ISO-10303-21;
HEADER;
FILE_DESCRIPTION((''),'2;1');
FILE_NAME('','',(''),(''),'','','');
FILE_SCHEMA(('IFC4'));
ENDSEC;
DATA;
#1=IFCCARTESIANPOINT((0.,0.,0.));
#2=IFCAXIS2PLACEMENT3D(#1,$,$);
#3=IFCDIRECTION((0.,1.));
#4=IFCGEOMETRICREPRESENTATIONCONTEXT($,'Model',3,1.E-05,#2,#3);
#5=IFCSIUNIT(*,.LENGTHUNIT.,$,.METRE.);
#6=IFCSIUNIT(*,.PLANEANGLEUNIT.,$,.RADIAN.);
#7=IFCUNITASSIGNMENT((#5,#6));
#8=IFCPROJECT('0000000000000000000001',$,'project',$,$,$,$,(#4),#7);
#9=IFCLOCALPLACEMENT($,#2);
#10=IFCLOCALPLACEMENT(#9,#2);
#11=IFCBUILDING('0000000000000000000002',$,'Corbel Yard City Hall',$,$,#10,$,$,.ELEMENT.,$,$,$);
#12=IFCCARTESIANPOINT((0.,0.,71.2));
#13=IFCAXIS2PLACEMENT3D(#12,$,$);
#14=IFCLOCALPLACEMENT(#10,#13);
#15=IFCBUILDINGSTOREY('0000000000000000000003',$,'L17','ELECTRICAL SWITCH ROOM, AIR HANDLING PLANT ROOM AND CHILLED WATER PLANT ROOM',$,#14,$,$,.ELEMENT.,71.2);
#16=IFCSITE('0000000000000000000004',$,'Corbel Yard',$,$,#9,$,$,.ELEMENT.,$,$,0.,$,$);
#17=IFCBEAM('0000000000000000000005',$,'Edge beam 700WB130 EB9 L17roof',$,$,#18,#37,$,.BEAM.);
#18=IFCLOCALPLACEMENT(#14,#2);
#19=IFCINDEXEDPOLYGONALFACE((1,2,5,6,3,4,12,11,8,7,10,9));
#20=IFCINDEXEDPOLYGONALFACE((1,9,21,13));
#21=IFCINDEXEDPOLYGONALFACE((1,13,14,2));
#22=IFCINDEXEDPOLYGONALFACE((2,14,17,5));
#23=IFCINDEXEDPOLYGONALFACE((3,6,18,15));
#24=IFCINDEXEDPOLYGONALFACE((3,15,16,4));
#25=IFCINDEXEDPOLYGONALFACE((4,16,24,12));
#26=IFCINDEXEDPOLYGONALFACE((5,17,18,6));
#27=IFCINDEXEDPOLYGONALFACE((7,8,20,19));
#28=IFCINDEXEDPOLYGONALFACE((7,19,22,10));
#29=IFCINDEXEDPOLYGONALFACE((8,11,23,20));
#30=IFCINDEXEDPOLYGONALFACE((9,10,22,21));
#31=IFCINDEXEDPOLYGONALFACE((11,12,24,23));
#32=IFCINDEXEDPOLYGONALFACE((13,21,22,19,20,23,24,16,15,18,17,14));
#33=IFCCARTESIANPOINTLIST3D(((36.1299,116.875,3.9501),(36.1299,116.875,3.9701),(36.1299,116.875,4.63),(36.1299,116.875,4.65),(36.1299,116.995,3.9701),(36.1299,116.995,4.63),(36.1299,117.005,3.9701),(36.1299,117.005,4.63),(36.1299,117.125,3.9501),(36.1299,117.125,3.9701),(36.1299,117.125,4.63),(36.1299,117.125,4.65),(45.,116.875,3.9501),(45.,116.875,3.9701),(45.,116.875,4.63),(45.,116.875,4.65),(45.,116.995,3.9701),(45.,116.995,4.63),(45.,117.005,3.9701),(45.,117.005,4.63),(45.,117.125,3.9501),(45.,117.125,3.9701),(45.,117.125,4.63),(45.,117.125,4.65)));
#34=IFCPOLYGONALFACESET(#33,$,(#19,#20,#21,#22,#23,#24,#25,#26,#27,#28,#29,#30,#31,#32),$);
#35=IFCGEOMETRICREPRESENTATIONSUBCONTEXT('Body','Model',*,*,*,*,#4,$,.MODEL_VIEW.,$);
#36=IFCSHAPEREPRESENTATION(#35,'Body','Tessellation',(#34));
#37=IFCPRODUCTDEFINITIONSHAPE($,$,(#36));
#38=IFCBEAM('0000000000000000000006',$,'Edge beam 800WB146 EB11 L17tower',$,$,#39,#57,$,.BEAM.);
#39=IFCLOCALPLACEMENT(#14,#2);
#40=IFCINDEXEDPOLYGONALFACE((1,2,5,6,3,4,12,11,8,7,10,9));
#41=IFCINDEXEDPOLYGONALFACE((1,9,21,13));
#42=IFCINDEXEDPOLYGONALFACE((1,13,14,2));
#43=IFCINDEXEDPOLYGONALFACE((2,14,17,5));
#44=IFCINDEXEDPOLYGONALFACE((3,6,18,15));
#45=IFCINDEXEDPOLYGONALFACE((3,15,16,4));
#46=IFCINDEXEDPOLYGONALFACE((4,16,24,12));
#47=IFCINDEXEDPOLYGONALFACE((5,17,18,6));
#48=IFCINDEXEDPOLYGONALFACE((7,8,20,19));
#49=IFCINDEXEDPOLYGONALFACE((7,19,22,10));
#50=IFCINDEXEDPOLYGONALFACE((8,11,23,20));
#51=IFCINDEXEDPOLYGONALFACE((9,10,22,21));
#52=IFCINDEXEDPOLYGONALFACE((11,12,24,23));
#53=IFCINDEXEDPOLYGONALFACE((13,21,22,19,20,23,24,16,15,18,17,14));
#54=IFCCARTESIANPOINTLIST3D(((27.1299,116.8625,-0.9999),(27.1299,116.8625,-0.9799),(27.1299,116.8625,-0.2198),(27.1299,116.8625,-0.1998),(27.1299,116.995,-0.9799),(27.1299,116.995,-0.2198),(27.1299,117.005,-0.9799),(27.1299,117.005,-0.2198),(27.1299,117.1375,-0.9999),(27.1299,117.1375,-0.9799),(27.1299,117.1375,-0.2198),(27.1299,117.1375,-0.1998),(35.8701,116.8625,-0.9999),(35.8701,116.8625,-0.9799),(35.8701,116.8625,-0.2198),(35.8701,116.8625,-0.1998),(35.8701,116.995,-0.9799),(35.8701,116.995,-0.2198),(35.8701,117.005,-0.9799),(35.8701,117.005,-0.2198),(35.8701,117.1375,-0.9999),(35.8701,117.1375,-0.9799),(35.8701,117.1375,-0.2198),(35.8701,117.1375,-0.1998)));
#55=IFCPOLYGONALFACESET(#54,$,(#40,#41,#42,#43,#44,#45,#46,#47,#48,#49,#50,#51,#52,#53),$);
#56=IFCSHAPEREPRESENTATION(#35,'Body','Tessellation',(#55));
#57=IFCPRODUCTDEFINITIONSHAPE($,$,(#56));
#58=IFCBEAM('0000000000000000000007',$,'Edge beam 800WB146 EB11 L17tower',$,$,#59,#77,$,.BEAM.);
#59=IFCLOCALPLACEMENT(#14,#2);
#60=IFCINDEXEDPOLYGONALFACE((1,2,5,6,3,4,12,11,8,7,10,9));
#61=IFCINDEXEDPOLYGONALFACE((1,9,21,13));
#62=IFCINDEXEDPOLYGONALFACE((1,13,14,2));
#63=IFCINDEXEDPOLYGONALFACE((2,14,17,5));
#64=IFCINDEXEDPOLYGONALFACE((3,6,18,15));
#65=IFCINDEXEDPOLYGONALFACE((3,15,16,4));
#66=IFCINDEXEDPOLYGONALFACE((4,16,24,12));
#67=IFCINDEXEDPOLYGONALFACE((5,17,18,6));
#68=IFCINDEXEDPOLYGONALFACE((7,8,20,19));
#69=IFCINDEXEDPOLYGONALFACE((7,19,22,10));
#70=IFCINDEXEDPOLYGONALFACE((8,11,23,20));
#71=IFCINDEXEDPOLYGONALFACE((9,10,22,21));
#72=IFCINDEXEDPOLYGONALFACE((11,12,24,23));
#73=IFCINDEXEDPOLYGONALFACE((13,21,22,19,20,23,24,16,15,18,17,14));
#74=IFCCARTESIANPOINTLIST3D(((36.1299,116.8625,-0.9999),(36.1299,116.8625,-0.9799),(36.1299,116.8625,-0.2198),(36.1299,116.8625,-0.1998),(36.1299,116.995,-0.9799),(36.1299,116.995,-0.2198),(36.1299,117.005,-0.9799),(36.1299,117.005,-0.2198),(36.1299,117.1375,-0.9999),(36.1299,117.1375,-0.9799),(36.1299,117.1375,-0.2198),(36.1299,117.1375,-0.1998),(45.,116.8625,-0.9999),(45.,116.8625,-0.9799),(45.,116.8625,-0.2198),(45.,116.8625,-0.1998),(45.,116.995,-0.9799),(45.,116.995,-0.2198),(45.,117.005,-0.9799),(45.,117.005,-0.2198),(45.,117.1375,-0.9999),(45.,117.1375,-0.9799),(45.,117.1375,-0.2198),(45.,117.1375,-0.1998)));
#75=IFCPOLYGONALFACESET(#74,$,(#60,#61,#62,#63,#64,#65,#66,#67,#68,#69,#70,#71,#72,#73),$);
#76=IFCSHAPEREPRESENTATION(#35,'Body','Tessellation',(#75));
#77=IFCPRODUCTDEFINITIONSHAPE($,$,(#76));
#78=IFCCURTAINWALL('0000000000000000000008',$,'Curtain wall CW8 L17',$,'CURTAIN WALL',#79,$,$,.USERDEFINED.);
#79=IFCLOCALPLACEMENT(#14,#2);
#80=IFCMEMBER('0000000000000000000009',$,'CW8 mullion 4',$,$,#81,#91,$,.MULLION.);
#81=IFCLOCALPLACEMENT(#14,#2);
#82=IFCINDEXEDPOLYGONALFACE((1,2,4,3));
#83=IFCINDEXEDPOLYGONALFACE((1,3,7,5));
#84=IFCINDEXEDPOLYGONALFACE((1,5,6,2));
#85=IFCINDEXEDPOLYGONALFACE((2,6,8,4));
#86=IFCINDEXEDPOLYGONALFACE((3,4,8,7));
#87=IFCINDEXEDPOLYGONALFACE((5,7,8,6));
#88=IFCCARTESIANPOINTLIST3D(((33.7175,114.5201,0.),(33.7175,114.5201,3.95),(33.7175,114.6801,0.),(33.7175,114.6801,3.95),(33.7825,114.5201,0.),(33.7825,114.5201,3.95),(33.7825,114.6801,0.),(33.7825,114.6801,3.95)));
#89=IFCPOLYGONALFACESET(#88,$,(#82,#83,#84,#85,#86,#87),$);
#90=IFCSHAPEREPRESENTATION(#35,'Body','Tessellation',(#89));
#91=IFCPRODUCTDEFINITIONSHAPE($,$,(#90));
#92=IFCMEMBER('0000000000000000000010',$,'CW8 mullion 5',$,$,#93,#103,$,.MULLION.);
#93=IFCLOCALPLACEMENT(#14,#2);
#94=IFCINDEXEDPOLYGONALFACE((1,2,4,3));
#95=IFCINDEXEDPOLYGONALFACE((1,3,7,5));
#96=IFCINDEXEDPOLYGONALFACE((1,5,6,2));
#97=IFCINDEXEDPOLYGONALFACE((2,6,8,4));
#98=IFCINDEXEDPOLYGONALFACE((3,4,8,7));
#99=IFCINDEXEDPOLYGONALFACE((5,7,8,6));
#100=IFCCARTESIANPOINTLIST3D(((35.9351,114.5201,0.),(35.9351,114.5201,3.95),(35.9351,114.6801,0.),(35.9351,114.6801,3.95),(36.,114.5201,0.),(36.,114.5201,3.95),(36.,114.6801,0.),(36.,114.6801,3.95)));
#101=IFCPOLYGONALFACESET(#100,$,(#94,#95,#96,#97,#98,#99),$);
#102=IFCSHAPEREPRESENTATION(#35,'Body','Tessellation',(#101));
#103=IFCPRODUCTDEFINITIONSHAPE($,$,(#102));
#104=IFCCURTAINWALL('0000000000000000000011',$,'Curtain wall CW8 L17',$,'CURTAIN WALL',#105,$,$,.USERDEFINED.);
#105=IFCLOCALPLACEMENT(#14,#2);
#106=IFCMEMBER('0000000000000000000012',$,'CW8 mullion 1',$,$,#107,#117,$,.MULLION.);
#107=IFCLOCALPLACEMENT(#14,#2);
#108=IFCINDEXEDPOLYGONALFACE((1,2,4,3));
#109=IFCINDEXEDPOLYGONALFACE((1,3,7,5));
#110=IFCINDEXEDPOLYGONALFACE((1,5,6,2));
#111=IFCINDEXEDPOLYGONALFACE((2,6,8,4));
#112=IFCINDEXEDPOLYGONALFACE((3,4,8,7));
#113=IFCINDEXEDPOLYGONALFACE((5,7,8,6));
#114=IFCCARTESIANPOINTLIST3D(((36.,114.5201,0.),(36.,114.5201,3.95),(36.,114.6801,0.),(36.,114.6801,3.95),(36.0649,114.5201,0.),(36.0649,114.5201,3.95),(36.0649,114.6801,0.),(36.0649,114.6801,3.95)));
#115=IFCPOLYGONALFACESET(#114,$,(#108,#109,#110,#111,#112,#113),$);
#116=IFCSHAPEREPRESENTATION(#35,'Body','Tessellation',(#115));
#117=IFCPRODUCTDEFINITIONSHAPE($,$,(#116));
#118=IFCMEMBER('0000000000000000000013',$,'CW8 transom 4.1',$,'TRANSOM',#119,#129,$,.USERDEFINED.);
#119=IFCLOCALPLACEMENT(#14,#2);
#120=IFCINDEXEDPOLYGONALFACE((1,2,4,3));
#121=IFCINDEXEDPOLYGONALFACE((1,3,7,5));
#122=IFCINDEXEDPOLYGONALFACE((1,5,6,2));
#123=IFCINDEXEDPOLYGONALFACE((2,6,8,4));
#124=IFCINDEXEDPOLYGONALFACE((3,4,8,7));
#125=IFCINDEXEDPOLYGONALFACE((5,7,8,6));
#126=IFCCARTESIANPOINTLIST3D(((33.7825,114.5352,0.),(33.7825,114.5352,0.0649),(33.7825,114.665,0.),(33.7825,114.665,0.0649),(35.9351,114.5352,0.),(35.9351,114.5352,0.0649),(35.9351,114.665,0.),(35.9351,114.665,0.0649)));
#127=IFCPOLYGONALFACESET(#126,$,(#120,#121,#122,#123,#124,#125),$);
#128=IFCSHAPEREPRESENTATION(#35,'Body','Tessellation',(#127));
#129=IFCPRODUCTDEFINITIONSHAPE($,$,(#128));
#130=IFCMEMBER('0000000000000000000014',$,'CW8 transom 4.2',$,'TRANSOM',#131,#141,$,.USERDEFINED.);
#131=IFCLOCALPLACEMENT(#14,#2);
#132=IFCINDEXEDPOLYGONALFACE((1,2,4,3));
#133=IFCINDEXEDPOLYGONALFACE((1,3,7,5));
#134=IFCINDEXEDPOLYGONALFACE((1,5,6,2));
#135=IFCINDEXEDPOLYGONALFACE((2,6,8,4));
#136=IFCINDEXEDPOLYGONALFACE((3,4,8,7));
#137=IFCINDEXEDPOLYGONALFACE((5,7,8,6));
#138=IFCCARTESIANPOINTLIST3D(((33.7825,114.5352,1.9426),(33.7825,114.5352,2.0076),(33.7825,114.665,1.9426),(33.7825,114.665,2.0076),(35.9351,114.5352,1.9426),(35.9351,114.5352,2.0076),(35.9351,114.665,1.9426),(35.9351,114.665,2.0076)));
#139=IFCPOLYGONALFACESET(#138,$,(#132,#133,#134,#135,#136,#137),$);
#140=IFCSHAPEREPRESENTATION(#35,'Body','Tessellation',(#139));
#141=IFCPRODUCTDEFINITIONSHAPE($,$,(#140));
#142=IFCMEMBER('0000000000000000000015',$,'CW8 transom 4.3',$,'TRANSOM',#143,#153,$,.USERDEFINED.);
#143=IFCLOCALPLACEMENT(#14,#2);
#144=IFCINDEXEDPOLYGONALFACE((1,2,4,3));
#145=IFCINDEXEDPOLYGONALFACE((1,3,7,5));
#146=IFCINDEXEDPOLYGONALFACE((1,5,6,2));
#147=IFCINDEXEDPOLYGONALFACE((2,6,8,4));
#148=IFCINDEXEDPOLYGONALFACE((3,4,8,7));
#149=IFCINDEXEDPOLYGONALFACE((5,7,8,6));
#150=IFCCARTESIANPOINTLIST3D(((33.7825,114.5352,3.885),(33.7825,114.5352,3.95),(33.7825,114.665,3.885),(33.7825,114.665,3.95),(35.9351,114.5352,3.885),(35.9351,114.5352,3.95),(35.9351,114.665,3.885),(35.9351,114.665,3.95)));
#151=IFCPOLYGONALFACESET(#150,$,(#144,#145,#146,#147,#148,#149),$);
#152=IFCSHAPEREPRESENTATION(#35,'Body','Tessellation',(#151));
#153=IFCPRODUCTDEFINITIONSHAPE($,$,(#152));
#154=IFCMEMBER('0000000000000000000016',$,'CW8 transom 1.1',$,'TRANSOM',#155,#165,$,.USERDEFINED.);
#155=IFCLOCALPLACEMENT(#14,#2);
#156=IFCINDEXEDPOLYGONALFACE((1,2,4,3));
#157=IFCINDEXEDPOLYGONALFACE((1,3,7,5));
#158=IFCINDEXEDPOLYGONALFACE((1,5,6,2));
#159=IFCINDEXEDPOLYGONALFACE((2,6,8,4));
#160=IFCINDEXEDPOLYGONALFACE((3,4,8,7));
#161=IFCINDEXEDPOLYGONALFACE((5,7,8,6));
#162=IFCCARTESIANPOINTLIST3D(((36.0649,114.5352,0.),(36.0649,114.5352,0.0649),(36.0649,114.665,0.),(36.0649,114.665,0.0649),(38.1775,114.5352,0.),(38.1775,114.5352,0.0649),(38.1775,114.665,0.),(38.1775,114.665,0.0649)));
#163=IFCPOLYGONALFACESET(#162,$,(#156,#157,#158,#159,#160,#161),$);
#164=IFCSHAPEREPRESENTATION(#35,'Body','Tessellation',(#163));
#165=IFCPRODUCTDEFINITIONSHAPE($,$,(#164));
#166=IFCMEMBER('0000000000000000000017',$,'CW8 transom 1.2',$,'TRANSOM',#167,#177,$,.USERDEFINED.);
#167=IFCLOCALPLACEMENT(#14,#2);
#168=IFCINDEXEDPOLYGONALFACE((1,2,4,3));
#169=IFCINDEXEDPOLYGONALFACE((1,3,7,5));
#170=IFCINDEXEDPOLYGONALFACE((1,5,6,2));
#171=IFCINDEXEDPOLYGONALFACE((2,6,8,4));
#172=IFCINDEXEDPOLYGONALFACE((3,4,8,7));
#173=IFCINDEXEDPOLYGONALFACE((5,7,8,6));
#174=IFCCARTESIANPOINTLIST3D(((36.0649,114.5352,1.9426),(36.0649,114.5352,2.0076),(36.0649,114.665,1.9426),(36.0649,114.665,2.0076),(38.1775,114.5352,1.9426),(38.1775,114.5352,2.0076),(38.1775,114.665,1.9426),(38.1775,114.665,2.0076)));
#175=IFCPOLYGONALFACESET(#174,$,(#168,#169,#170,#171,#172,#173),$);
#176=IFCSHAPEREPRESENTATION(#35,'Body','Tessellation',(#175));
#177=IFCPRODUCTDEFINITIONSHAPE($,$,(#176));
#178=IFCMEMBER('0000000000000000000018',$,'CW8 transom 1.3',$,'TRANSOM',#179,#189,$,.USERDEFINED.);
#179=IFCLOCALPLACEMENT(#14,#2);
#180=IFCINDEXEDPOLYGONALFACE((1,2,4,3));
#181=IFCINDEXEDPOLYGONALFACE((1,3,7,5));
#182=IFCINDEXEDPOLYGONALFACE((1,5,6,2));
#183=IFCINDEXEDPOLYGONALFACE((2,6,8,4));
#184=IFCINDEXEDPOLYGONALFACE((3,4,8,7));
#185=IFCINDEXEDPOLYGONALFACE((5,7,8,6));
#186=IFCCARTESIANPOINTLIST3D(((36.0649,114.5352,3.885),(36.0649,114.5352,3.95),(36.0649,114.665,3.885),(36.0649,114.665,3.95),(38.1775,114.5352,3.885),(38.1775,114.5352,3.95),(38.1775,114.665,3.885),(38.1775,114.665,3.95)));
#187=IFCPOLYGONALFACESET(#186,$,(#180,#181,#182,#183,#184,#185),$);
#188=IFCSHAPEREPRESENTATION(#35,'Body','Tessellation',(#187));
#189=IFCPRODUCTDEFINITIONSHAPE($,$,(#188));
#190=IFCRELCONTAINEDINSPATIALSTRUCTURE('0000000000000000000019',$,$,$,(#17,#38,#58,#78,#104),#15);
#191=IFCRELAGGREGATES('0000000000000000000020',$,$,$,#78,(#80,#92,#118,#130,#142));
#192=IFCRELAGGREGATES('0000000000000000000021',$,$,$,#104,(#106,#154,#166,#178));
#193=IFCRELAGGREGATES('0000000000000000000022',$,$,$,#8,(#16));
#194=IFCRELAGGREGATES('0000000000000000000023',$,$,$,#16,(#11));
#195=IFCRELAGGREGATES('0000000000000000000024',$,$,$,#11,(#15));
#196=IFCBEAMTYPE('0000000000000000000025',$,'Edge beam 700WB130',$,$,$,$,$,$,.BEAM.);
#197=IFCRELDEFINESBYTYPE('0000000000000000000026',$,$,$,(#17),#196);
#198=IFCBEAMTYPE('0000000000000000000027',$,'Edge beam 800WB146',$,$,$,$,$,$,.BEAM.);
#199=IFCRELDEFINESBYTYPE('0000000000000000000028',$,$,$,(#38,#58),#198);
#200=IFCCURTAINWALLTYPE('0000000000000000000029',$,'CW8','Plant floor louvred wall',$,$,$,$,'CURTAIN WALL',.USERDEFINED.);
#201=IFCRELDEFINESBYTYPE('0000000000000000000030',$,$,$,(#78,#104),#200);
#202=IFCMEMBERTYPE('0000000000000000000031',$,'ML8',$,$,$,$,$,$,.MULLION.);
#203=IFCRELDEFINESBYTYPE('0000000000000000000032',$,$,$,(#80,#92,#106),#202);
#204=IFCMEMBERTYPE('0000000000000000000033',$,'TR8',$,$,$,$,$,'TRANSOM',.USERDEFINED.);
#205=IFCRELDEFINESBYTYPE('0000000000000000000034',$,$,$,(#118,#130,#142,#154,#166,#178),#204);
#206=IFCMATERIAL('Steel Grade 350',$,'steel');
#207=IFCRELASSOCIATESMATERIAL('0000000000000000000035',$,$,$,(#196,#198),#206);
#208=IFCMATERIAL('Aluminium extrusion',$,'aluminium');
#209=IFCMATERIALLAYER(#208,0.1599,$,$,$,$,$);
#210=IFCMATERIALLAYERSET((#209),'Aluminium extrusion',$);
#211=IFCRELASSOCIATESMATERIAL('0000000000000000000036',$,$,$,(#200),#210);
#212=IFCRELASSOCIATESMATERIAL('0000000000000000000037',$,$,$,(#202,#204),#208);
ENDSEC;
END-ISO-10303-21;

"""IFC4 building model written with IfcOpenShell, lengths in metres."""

from ifc_helpers import new_model, si_unit, direction, frame, origin, origin_2d, place, context, subcontext, project, spatial, rectangle, i_section, extrude, material, layer, layer_set, material_profile, profile_set, type_object, element, aggregate, save


model = new_model("IFC4")

# Units and contexts
model_context = context("Model", 3, precision=1e-05, world=origin(), true_north=direction((0.0, 1.0)))
body_context = subcontext(model_context, "Body", "Model", "MODEL_VIEW")
ifc_project = project(units=[si_unit("LENGTHUNIT", "METRE"), si_unit("PLANEANGLEUNIT", "RADIAN")], contexts=[model_context])

# Site, building, storey
site_placement = place(None, origin())
site = spatial("IfcSite", under=ifc_project, at=site_placement, Name="Corbel Yard", CompositionType="ELEMENT", RefElevation=0.0)
building_placement = place(site_placement, origin())
building = spatial("IfcBuilding", under=site, at=building_placement, Name="Corbel Yard City Hall", CompositionType="ELEMENT")
storey_placement = place(building_placement, frame((0.0, 0.0, 71.2)))
storey = spatial("IfcBuildingStorey", under=building, at=storey_placement, Name="L17", Description="ELECTRICAL SWITCH ROOM, AIR HANDLING PLANT ROOM AND CHILLED WATER PLANT ROOM", CompositionType="ELEMENT", Elevation=71.2)

# Beams
ifc_material_1 = material(Name="Steel Grade 350", Category="steel")
ifc_material_profile_1 = material_profile(ifc_material_1, i_section(OverallWidth=0.25, OverallDepth=0.7, WebThickness=0.01, FlangeThickness=0.02, at=origin_2d()), Name="700WB130")
ifc_profile_set_1 = profile_set([ifc_material_profile_1], Name="Steel Grade 350")
beam_type_1 = type_object("IfcBeamType", Name="Edge beam 700WB130", PredefinedType="BEAM", material=ifc_profile_set_1)
beam_1_placement = place(storey_placement, frame((36.1299, 117.0, 4.3), z_axis=(1.0, 0.0, 0.0), x_axis=(0.0, 1.0, 0.0)))
element("IfcBeam", 1, at=beam_1_placement, inside=storey, type_object=beam_type_1, Name="Edge beam 700WB130 EB9 L17roof", PredefinedType="BEAM", context=body_context, shape_type="SweptSolid", body=[
    extrude(i_section(OverallWidth=0.25, OverallDepth=0.7, WebThickness=0.01, FlangeThickness=0.02, at=origin_2d()), origin(), (0.0, 0.0, 1.0), 8.8701),
])
ifc_material_profile_2 = material_profile(ifc_material_1, i_section(OverallWidth=0.2749, OverallDepth=0.8, WebThickness=0.01, FlangeThickness=0.02, at=origin_2d()), Name="800WB146")
ifc_profile_set_2 = profile_set([ifc_material_profile_2], Name="Steel Grade 350")
beam_type_2 = type_object("IfcBeamType", Name="Edge beam 800WB146", PredefinedType="BEAM", material=ifc_profile_set_2)
beam_2_placement = place(storey_placement, frame((27.1299, 117.0, -0.5999), z_axis=(1.0, 0.0, 0.0), x_axis=(0.0, 1.0, 0.0)))
element("IfcBeam", 2, at=beam_2_placement, inside=storey, type_object=beam_type_2, Name="Edge beam 800WB146 EB11 L17tower", PredefinedType="BEAM", context=body_context, shape_type="SweptSolid", body=[
    extrude(i_section(OverallWidth=0.2749, OverallDepth=0.8, WebThickness=0.01, FlangeThickness=0.02, at=origin_2d()), origin(), (0.0, 0.0, 1.0), 8.7402),
])
beam_3_placement = place(storey_placement, frame((36.1299, 117.0, -0.5999), z_axis=(1.0, 0.0, 0.0), x_axis=(0.0, 1.0, 0.0)))
element("IfcBeam", 3, at=beam_3_placement, inside=storey, type_object=beam_type_2, Name="Edge beam 800WB146 EB11 L17tower", PredefinedType="BEAM", context=body_context, shape_type="SweptSolid", body=[
    extrude(i_section(OverallWidth=0.2749, OverallDepth=0.8, WebThickness=0.01, FlangeThickness=0.02, at=origin_2d()), origin(), (0.0, 0.0, 1.0), 8.8701),
])

# Curtain wall, members
ifc_material_2 = material(Name="Aluminium extrusion", Category="aluminium")
ifc_layer_1 = layer(ifc_material_2, 0.1599)
ifc_layer_set_1 = layer_set([ifc_layer_1], Name="Aluminium extrusion")
curtain_wall_type = type_object("IfcCurtainWallType", Name="CW8", Description="Plant floor louvred wall", ElementType="CURTAIN WALL", PredefinedType="USERDEFINED", material=ifc_layer_set_1)
curtain_wall_1_placement = place(storey_placement, origin())
curtain_wall_1 = element("IfcCurtainWall", 4, at=curtain_wall_1_placement, inside=storey, type_object=curtain_wall_type, Name="Curtain wall CW8 L17", ObjectType="CURTAIN WALL", PredefinedType="USERDEFINED")
ifc_material_profile_3 = material_profile(ifc_material_2, rectangle(XDim=0.1599, YDim=0.0649, at=origin_2d()), Name="160x65")
ifc_profile_set_3 = profile_set([ifc_material_profile_3], Name="Aluminium extrusion")
member_type_1 = type_object("IfcMemberType", Name="ML8", PredefinedType="MULLION", material=ifc_profile_set_3)
member_1_placement = place(storey_placement, frame((33.75, 114.6001, 0.0), z_axis=(0.0, 0.0, 1.0), x_axis=(0.0, 1.0, 0.0)))
member_1 = element("IfcMember", 5, at=member_1_placement, type_object=member_type_1, Name="CW8 mullion 4", PredefinedType="MULLION", context=body_context, shape_type="SweptSolid", body=[
    extrude(rectangle(XDim=0.1599, YDim=0.0649, at=origin_2d()), origin(), (0.0, 0.0, 1.0), 3.95),
])
member_2_placement = place(storey_placement, frame((35.9675, 114.6001, 0.0), z_axis=(0.0, 0.0, 1.0), x_axis=(0.0, 1.0, 0.0)))
member_2 = element("IfcMember", 6, at=member_2_placement, type_object=member_type_1, Name="CW8 mullion 5", PredefinedType="MULLION", context=body_context, shape_type="SweptSolid", body=[
    extrude(rectangle(XDim=0.1599, YDim=0.0649, at=origin_2d()), origin(), (0.0, 0.0, 1.0), 3.95),
])

# Curtain wall, member
curtain_wall_2_placement = place(storey_placement, origin())
curtain_wall_2 = element("IfcCurtainWall", 7, at=curtain_wall_2_placement, inside=storey, type_object=curtain_wall_type, Name="Curtain wall CW8 L17", ObjectType="CURTAIN WALL", PredefinedType="USERDEFINED")
member_3_placement = place(storey_placement, frame((36.0325, 114.6001, 0.0), z_axis=(0.0, 0.0, 1.0), x_axis=(0.0, 1.0, 0.0)))
member_3 = element("IfcMember", 8, at=member_3_placement, type_object=member_type_1, Name="CW8 mullion 1", PredefinedType="MULLION", context=body_context, shape_type="SweptSolid", body=[
    extrude(rectangle(XDim=0.1599, YDim=0.0649, at=origin_2d()), origin(), (0.0, 0.0, 1.0), 3.95),
])

# Members
ifc_material_profile_4 = material_profile(ifc_material_2, rectangle(XDim=0.1299, YDim=0.0649, at=origin_2d()), Name="130x65")
ifc_profile_set_4 = profile_set([ifc_material_profile_4], Name="Aluminium extrusion")
member_type_2 = type_object("IfcMemberType", Name="TR8", ElementType="TRANSOM", PredefinedType="USERDEFINED", material=ifc_profile_set_4)
member_4_placement = place(storey_placement, frame((33.7825, 114.6001, 0.0325), z_axis=(1.0, 0.0, 0.0), x_axis=(0.0, 1.0, 0.0)))
member_4 = element("IfcMember", 9, at=member_4_placement, type_object=member_type_2, Name="CW8 transom 4.1", ObjectType="TRANSOM", PredefinedType="USERDEFINED", context=body_context, shape_type="SweptSolid", body=[
    extrude(rectangle(XDim=0.1299, YDim=0.0649, at=origin_2d()), origin(), (0.0, 0.0, 1.0), 2.1526),
])
member_5_placement = place(storey_placement, frame((33.7825, 114.6001, 1.9751), z_axis=(1.0, 0.0, 0.0), x_axis=(0.0, 1.0, 0.0)))
member_5 = element("IfcMember", 10, at=member_5_placement, type_object=member_type_2, Name="CW8 transom 4.2", ObjectType="TRANSOM", PredefinedType="USERDEFINED", context=body_context, shape_type="SweptSolid", body=[
    extrude(rectangle(XDim=0.1299, YDim=0.0649, at=origin_2d()), origin(), (0.0, 0.0, 1.0), 2.1526),
])
member_6_placement = place(storey_placement, frame((33.7825, 114.6001, 3.9175), z_axis=(1.0, 0.0, 0.0), x_axis=(0.0, 1.0, 0.0)))
member_6 = element("IfcMember", 11, at=member_6_placement, type_object=member_type_2, Name="CW8 transom 4.3", ObjectType="TRANSOM", PredefinedType="USERDEFINED", context=body_context, shape_type="SweptSolid", body=[
    extrude(rectangle(XDim=0.1299, YDim=0.0649, at=origin_2d()), origin(), (0.0, 0.0, 1.0), 2.1526),
])
member_7_placement = place(storey_placement, frame((36.0649, 114.6001, 0.0325), z_axis=(1.0, 0.0, 0.0), x_axis=(0.0, 1.0, 0.0)))
member_7 = element("IfcMember", 12, at=member_7_placement, type_object=member_type_2, Name="CW8 transom 1.1", ObjectType="TRANSOM", PredefinedType="USERDEFINED", context=body_context, shape_type="SweptSolid", body=[
    extrude(rectangle(XDim=0.1299, YDim=0.0649, at=origin_2d()), origin(), (0.0, 0.0, 1.0), 2.1125),
])
member_8_placement = place(storey_placement, frame((36.0649, 114.6001, 1.9751), z_axis=(1.0, 0.0, 0.0), x_axis=(0.0, 1.0, 0.0)))
member_8 = element("IfcMember", 13, at=member_8_placement, type_object=member_type_2, Name="CW8 transom 1.2", ObjectType="TRANSOM", PredefinedType="USERDEFINED", context=body_context, shape_type="SweptSolid", body=[
    extrude(rectangle(XDim=0.1299, YDim=0.0649, at=origin_2d()), origin(), (0.0, 0.0, 1.0), 2.1125),
])
member_9_placement = place(storey_placement, frame((36.0649, 114.6001, 3.9175), z_axis=(1.0, 0.0, 0.0), x_axis=(0.0, 1.0, 0.0)))
member_9 = element("IfcMember", 14, at=member_9_placement, type_object=member_type_2, Name="CW8 transom 1.3", ObjectType="TRANSOM", PredefinedType="USERDEFINED", context=body_context, shape_type="SweptSolid", body=[
    extrude(rectangle(XDim=0.1299, YDim=0.0649, at=origin_2d()), origin(), (0.0, 0.0, 1.0), 2.1125),
])

aggregate(curtain_wall_1, [member_1, member_2, member_4, member_5, member_6])
aggregate(curtain_wall_2, [member_3, member_7, member_8, member_9])

save(model, "model.ifc")
